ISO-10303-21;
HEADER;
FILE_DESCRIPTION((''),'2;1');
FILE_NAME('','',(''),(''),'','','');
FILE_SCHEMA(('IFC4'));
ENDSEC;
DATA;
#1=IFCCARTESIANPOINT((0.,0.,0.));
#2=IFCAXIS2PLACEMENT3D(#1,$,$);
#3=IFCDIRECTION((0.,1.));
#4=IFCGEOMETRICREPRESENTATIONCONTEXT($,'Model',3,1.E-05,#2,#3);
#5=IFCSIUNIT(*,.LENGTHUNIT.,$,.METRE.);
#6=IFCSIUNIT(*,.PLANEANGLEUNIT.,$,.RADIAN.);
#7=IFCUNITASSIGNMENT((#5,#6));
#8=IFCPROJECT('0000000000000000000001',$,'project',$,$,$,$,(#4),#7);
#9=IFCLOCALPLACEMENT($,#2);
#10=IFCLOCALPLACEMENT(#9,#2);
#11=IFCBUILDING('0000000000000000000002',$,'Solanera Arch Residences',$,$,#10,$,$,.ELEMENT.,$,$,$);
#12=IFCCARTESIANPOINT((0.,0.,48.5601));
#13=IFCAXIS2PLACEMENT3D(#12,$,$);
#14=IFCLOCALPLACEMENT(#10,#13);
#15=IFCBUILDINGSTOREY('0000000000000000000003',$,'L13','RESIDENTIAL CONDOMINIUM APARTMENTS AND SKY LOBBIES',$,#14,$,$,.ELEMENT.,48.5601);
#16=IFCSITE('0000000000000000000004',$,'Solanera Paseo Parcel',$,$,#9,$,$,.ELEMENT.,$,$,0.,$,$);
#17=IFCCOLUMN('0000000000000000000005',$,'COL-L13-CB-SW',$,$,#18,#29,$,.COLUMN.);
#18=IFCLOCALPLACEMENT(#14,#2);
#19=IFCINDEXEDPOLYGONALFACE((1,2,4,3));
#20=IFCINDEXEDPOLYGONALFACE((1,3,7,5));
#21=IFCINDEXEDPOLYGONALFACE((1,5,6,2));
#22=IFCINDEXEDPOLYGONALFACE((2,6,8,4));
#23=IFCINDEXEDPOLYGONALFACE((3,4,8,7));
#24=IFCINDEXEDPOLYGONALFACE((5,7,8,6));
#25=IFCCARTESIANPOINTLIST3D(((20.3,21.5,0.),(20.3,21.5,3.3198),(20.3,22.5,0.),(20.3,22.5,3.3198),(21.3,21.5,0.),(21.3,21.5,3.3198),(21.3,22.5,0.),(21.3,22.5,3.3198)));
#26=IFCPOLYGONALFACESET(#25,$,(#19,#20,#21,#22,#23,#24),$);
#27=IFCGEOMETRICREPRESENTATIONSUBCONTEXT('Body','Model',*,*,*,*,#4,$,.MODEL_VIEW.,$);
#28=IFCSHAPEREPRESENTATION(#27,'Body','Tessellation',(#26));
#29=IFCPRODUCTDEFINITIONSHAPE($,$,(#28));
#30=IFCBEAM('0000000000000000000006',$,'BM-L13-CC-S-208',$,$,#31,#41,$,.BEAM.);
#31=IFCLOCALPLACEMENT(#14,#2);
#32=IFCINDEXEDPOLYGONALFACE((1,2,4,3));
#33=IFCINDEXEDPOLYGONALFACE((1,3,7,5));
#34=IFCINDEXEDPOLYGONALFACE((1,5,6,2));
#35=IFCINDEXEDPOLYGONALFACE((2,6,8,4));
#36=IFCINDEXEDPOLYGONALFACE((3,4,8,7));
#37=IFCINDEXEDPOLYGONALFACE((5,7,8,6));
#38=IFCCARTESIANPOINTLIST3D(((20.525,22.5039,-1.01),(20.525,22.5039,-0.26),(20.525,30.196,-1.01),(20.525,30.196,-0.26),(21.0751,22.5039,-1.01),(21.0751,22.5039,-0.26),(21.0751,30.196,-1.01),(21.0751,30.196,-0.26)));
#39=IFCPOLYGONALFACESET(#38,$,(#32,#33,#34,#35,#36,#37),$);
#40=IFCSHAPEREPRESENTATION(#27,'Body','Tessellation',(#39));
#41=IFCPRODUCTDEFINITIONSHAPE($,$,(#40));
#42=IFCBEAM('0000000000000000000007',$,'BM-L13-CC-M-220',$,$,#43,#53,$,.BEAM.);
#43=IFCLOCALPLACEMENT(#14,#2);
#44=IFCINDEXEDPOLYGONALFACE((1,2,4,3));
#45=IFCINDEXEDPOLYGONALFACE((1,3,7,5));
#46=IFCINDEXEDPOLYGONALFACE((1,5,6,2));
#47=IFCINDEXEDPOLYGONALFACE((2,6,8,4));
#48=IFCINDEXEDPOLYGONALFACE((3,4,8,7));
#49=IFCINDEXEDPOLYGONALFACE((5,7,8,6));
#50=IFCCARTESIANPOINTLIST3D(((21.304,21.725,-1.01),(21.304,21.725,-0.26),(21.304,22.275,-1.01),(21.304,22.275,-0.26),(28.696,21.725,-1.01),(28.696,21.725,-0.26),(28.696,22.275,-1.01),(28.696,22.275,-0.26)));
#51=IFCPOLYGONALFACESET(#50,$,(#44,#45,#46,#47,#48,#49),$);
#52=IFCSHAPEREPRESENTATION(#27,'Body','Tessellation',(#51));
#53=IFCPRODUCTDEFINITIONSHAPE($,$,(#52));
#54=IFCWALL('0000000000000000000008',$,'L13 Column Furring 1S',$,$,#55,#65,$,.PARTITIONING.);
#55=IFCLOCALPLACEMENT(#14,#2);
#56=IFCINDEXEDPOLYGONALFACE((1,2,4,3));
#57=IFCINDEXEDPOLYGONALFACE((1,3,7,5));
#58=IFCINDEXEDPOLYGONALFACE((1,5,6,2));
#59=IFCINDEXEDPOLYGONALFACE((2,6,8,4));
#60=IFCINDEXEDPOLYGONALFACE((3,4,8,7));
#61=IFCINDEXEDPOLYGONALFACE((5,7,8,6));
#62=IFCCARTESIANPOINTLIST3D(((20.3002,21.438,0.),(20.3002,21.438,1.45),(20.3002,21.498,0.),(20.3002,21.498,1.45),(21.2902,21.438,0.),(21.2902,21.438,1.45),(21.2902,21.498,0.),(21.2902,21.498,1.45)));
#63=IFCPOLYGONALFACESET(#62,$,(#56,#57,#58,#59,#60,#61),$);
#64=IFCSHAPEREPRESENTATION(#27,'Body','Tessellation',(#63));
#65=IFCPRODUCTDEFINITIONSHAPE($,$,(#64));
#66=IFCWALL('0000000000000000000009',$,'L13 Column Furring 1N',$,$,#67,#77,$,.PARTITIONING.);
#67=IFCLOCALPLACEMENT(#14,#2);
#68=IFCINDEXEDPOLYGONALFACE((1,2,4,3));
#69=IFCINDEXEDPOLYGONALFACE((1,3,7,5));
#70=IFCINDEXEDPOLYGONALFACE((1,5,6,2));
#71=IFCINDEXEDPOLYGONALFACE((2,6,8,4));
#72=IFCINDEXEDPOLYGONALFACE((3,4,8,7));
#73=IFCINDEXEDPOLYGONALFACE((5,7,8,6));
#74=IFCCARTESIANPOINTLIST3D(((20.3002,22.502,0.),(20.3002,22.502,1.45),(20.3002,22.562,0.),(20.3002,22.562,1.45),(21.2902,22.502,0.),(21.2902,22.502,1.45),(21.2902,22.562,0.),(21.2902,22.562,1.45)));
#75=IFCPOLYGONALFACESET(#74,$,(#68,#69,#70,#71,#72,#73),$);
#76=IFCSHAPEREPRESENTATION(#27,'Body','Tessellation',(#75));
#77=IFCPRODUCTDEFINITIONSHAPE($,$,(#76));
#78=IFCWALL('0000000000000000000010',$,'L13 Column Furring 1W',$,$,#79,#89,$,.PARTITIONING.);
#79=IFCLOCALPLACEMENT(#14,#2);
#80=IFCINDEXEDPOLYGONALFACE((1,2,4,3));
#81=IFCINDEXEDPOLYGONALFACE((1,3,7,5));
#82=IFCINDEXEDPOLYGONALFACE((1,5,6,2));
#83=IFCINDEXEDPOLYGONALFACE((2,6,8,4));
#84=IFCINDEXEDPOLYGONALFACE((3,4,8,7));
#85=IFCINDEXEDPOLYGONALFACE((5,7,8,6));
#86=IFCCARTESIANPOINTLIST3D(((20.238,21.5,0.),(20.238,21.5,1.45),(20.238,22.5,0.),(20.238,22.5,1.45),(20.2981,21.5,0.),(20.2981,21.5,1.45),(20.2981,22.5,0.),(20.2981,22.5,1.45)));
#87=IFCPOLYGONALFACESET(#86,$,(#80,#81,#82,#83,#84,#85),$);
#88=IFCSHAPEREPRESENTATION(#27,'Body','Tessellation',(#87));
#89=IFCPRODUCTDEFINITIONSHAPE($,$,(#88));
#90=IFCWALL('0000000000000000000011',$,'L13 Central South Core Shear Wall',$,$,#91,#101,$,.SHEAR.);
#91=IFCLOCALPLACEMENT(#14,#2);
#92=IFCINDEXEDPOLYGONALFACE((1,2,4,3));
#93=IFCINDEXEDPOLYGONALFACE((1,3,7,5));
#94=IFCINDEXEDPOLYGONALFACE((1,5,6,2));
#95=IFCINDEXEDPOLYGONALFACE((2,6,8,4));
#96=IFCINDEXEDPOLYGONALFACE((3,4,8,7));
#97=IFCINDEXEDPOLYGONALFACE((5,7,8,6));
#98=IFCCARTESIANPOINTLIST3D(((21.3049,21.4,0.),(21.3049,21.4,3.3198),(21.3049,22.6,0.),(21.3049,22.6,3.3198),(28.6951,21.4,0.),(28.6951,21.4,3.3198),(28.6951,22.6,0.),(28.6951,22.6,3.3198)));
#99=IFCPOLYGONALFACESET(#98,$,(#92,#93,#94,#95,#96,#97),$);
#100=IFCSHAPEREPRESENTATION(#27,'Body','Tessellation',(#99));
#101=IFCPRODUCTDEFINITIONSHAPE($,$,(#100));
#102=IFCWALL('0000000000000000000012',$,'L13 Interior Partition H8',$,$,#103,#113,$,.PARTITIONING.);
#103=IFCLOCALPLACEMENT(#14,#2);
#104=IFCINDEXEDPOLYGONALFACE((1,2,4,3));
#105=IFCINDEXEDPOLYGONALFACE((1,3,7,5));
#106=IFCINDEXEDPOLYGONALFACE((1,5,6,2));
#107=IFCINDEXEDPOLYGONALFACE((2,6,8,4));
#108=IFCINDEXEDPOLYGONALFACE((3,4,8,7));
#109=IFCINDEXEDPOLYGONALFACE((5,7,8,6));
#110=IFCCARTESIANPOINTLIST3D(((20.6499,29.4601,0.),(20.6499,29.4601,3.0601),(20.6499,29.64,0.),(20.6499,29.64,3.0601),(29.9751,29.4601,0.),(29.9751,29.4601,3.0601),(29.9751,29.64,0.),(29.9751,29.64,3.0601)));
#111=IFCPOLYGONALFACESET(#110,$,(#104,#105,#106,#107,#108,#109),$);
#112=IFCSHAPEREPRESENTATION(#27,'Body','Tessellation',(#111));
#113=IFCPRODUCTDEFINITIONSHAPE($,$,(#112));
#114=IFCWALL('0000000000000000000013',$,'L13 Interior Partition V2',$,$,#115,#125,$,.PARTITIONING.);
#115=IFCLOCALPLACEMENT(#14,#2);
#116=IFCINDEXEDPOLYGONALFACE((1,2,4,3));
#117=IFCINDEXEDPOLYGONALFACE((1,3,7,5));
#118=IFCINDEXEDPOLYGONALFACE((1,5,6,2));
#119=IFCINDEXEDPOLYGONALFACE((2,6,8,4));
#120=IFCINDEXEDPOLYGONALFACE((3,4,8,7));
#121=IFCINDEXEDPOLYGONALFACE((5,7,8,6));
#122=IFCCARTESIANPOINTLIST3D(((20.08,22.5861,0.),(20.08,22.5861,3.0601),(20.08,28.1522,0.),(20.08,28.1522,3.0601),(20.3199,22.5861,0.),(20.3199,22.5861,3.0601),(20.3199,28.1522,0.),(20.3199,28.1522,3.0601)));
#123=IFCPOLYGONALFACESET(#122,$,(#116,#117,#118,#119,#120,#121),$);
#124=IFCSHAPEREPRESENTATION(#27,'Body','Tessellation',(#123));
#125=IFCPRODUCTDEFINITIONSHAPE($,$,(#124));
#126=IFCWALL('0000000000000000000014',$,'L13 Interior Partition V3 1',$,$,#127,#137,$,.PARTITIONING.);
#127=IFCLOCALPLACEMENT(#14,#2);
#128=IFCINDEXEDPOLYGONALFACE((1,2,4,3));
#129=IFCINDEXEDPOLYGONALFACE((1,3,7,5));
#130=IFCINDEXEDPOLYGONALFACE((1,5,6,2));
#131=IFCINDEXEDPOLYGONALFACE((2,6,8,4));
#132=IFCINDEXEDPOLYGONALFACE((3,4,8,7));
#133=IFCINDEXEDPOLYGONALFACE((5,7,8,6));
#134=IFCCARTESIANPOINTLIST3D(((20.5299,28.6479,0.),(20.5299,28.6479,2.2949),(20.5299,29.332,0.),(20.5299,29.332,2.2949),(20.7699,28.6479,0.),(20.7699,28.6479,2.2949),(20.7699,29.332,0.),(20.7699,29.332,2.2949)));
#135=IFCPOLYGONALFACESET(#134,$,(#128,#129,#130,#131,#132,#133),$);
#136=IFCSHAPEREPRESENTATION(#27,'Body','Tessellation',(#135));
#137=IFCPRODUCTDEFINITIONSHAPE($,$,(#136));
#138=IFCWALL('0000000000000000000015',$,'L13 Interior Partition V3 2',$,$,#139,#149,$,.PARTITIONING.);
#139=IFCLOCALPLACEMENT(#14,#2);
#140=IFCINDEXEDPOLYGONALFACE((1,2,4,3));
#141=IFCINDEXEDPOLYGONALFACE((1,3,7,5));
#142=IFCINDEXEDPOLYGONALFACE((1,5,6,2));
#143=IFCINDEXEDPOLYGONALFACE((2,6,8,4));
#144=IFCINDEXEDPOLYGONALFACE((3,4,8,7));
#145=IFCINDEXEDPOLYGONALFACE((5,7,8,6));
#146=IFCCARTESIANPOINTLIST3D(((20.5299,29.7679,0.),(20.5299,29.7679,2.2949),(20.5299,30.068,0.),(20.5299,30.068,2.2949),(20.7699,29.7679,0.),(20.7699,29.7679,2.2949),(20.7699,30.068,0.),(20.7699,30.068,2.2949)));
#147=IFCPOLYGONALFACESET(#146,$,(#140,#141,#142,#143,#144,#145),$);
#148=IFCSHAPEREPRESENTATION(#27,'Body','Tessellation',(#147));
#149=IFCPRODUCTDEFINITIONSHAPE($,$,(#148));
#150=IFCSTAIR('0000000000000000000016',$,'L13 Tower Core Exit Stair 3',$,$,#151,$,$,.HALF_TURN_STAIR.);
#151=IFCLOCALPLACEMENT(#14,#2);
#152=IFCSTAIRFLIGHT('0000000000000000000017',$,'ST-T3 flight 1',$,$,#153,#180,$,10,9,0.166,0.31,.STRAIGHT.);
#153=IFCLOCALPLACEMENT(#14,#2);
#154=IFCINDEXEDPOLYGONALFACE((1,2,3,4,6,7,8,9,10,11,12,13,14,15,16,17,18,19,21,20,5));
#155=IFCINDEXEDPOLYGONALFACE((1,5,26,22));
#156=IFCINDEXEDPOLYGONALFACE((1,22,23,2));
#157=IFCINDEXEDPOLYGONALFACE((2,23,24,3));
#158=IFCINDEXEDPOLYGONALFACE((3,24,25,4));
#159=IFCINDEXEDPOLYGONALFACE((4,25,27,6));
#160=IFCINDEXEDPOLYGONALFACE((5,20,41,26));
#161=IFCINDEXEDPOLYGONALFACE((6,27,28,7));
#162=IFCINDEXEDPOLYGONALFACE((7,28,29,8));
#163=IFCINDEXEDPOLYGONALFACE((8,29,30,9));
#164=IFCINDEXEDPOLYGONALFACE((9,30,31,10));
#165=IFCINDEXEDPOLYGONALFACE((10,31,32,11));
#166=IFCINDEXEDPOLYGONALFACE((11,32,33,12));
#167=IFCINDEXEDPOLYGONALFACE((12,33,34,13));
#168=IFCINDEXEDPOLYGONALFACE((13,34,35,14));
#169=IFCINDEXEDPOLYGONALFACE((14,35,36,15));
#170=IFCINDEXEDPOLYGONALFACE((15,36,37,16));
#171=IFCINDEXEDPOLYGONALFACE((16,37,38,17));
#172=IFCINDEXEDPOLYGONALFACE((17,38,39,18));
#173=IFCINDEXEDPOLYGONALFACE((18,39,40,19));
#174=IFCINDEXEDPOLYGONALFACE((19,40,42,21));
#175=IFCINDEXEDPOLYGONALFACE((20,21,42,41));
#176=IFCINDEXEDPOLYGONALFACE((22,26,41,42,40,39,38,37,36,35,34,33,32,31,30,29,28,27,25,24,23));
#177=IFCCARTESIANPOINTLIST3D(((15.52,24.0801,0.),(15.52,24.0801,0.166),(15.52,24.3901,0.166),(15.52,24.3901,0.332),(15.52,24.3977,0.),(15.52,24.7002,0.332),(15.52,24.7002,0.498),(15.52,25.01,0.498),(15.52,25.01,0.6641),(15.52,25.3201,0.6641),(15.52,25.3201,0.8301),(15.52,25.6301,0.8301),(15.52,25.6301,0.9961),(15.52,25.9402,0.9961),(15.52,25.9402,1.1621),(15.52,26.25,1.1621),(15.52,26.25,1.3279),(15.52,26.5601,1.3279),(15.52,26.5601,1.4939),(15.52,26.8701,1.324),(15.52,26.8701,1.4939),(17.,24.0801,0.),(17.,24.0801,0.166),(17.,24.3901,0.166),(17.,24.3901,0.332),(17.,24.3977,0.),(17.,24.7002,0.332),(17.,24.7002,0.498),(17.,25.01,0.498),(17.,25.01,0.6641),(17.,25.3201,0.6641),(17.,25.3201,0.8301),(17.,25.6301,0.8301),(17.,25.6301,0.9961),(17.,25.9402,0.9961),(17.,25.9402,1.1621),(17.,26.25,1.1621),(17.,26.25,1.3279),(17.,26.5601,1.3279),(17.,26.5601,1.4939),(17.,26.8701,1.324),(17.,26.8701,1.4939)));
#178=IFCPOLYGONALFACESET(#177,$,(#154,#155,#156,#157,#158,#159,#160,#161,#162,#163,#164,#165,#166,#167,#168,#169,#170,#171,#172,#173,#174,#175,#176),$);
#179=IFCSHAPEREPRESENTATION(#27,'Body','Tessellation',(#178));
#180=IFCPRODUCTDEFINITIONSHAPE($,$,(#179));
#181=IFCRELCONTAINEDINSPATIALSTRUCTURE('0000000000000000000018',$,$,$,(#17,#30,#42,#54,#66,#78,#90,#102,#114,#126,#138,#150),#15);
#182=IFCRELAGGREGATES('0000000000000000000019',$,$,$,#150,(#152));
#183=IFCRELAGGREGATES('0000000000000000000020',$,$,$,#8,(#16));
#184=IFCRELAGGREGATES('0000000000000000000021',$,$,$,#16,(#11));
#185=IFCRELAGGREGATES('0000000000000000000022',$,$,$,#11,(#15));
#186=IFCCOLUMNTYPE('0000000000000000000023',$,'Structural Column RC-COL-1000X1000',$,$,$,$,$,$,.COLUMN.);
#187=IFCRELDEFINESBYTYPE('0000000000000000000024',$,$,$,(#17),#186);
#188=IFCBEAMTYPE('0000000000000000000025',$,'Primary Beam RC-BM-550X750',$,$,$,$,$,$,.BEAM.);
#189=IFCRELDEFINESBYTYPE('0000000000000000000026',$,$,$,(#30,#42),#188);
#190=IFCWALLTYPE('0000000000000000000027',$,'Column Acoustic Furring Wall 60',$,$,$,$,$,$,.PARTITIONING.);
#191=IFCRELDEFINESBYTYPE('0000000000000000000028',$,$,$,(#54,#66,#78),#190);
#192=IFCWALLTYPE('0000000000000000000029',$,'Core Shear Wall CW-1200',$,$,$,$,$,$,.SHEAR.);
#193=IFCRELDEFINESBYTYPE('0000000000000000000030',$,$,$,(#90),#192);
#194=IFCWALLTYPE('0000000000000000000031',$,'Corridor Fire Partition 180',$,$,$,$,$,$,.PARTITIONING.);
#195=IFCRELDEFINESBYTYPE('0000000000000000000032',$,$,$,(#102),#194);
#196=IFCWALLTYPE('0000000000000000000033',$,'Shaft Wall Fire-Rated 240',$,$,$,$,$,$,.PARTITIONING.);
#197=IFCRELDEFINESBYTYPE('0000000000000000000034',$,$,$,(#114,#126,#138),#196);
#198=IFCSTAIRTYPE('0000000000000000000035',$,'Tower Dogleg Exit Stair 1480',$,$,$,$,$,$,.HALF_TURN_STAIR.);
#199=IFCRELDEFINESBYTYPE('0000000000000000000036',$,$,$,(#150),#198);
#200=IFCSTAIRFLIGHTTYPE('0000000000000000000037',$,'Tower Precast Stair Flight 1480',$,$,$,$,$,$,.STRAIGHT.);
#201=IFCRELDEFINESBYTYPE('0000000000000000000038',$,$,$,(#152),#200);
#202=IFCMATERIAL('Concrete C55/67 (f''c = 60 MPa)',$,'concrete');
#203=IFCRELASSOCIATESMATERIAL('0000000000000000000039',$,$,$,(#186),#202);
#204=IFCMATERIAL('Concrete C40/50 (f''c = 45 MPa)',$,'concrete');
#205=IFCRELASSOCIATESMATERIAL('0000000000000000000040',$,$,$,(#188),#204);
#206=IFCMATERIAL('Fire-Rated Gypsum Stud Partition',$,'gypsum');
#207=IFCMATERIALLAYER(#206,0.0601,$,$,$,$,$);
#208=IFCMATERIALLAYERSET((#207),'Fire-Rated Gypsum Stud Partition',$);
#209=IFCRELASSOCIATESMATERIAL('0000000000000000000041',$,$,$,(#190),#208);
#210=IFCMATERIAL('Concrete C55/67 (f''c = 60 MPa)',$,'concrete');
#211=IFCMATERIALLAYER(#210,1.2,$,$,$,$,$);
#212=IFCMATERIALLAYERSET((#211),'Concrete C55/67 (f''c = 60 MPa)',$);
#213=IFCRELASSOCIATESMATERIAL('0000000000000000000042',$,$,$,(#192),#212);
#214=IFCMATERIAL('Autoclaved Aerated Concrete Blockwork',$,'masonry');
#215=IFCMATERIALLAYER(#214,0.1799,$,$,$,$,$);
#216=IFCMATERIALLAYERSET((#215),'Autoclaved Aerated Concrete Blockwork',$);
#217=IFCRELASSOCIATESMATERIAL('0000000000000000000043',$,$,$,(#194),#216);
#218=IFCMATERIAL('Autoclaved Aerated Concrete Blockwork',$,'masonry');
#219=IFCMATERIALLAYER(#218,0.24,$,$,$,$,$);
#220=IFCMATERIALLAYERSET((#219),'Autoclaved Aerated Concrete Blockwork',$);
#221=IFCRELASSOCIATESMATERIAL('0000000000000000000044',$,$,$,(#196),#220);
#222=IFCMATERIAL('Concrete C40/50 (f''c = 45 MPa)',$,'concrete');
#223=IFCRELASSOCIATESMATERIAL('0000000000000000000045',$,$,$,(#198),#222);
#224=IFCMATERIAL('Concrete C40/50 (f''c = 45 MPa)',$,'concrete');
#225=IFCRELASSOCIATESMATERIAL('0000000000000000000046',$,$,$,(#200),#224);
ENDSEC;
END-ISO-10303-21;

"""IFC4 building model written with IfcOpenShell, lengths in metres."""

from ifc_helpers import new_model, si_unit, direction, frame, frame_2d, origin, origin_2d, place, context, subcontext, project, spatial, polyline, rectangle, outline, extrude, material, layer, layer_set, material_profile, profile_set, type_object, element, aggregate, save


model = new_model("IFC4")

# Units and contexts
model_context = context("Model", 3, precision=1e-05, world=origin(), true_north=direction((0.0, 1.0)))
body_context = subcontext(model_context, "Body", "Model", "MODEL_VIEW")
ifc_project = project(units=[si_unit("LENGTHUNIT", "METRE"), si_unit("PLANEANGLEUNIT", "RADIAN")], contexts=[model_context])

# Site, building, storey
site_placement = place(None, origin())
site = spatial("IfcSite", under=ifc_project, at=site_placement, Name="Solanera Paseo Parcel", CompositionType="ELEMENT", RefElevation=0.0)
building_placement = place(site_placement, origin())
building = spatial("IfcBuilding", under=site, at=building_placement, Name="Solanera Arch Residences", CompositionType="ELEMENT")
storey_placement = place(building_placement, frame((0.0, 0.0, 48.5601)))
storey = spatial("IfcBuildingStorey", under=building, at=storey_placement, Name="L13", Description="RESIDENTIAL CONDOMINIUM APARTMENTS AND SKY LOBBIES", CompositionType="ELEMENT", Elevation=48.5601)

# Column
ifc_material_1 = material(Name="Concrete C55/67 (f'c = 60 MPa)", Category="concrete")
ifc_material_profile_1 = material_profile(ifc_material_1, rectangle(XDim=1.0, YDim=1.0, at=origin_2d()))
ifc_profile_set_1 = profile_set([ifc_material_profile_1], Name="Concrete C55/67 (f'c = 60 MPa)")
column_type = type_object("IfcColumnType", Name="Structural Column RC-COL-1000X1000", PredefinedType="COLUMN", material=ifc_profile_set_1)
column_placement = place(storey_placement, frame((20.8, 22.0, 0.0), z_axis=(0.0, 0.0, 1.0), x_axis=(1.0, 0.0, 0.0)))
element("IfcColumn", 1, at=column_placement, inside=storey, type_object=column_type, Name="COL-L13-CB-SW", PredefinedType="COLUMN", context=body_context, shape_type="SweptSolid", body=[
    extrude(rectangle(XDim=1.0, YDim=1.0, at=origin_2d()), origin(), (0.0, 0.0, 1.0), 3.3198),
])

# Beams
ifc_material_2 = material(Name="Concrete C40/50 (f'c = 45 MPa)", Category="concrete")
ifc_material_profile_2 = material_profile(ifc_material_2, rectangle(XDim=0.55, YDim=0.75, at=origin_2d()))
ifc_profile_set_2 = profile_set([ifc_material_profile_2], Name="Concrete C40/50 (f'c = 45 MPa)")
beam_type = type_object("IfcBeamType", Name="Primary Beam RC-BM-550X750", PredefinedType="BEAM", material=ifc_profile_set_2)
beam_1_placement = place(storey_placement, frame((20.8, 22.5039, -0.635), z_axis=(0.0, 1.0, 0.0), x_axis=(-1.0, 0.0, 0.0)))
element("IfcBeam", 2, at=beam_1_placement, inside=storey, type_object=beam_type, Name="BM-L13-CC-S-208", PredefinedType="BEAM", context=body_context, shape_type="SweptSolid", body=[
    extrude(rectangle(XDim=0.55, YDim=0.75, at=origin_2d()), origin(), (0.0, 0.0, 1.0), 7.6921),
])
beam_2_placement = place(storey_placement, frame((21.304, 22.0, -0.635), z_axis=(1.0, 0.0, 0.0), x_axis=(0.0, 1.0, 0.0)))
element("IfcBeam", 3, at=beam_2_placement, inside=storey, type_object=beam_type, Name="BM-L13-CC-M-220", PredefinedType="BEAM", context=body_context, shape_type="SweptSolid", body=[
    extrude(rectangle(XDim=0.55, YDim=0.75, at=origin_2d()), origin(), (0.0, 0.0, 1.0), 7.3921),
])

# Walls
ifc_material_3 = material(Name="Fire-Rated Gypsum Stud Partition", Category="gypsum")
ifc_layer_1 = layer(ifc_material_3, 0.0601)
ifc_layer_set_1 = layer_set([ifc_layer_1], Name="Fire-Rated Gypsum Stud Partition")
wall_type_1 = type_object("IfcWallType", Name="Column Acoustic Furring Wall 60", PredefinedType="PARTITIONING", material=ifc_layer_set_1)
for number, where, z_axis, x_axis, name in (
    (4, (20.3, 21.468, 0.0), (0.0, 0.0, 1.0), (1.0, 0.0, 0.0), "L13 Column Furring 1S"),
    (5, (20.3, 22.532, 0.0), (0.0, 0.0, 1.0), (1.0, 0.0, 0.0), "L13 Column Furring 1N"),
):
    element("IfcWall", number, at=place(storey_placement, frame(where, z_axis=z_axis, x_axis=x_axis)), inside=storey, type_object=wall_type_1, Name=name, PredefinedType="PARTITIONING", context=body_context, shape_type="SweptSolid", body=[
        extrude(rectangle(XDim=0.99, YDim=0.0601, at=frame_2d((0.4951, 0.0))), origin(), (0.0, 0.0, 1.0), 1.45),
    ])
wall_1_placement = place(storey_placement, frame((20.2681, 21.5, 0.0), z_axis=(0.0, 0.0, 1.0), x_axis=(0.0, 1.0, 0.0)))
element("IfcWall", 6, at=wall_1_placement, inside=storey, type_object=wall_type_1, Name="L13 Column Furring 1W", PredefinedType="PARTITIONING", context=body_context, shape_type="SweptSolid", body=[
    extrude(rectangle(XDim=1.0, YDim=0.0601, at=frame_2d((0.5, 0.0))), origin(), (0.0, 0.0, 1.0), 1.45),
])
ifc_material_4 = material(Name="Concrete C55/67 (f'c = 60 MPa)", Category="concrete")
ifc_layer_2 = layer(ifc_material_4, 1.2)
ifc_layer_set_2 = layer_set([ifc_layer_2], Name="Concrete C55/67 (f'c = 60 MPa)")
wall_type_2 = type_object("IfcWallType", Name="Core Shear Wall CW-1200", PredefinedType="SHEAR", material=ifc_layer_set_2)
wall_2_placement = place(storey_placement, frame((21.3049, 22.0, 0.0), z_axis=(0.0, 0.0, 1.0), x_axis=(1.0, 0.0, 0.0)))
element("IfcWall", 7, at=wall_2_placement, inside=storey, type_object=wall_type_2, Name="L13 Central South Core Shear Wall", PredefinedType="SHEAR", context=body_context, shape_type="SweptSolid", body=[
    extrude(rectangle(XDim=7.3901, YDim=1.2, at=frame_2d((3.6951, 0.0))), origin(), (0.0, 0.0, 1.0), 3.3198),
])

# Wall
ifc_material_5 = material(Name="Autoclaved Aerated Concrete Blockwork", Category="masonry")
ifc_layer_3 = layer(ifc_material_5, 0.1799)
ifc_layer_set_3 = layer_set([ifc_layer_3], Name="Autoclaved Aerated Concrete Blockwork")
wall_type_3 = type_object("IfcWallType", Name="Corridor Fire Partition 180", PredefinedType="PARTITIONING", material=ifc_layer_set_3)
wall_3_placement = place(storey_placement, frame((20.6499, 29.55, 0.0), z_axis=(0.0, 0.0, 1.0), x_axis=(1.0, 0.0, 0.0)))
element("IfcWall", 8, at=wall_3_placement, inside=storey, type_object=wall_type_3, Name="L13 Interior Partition H8", PredefinedType="PARTITIONING", context=body_context, shape_type="SweptSolid", body=[
    extrude(rectangle(XDim=9.3252, YDim=0.1799, at=frame_2d((4.6626, 0.0))), origin(), (0.0, 0.0, 1.0), 3.0601),
])

# Shared definitions
ifc_material_6 = material(Name="Autoclaved Aerated Concrete Blockwork", Category="masonry")
ifc_layer_4 = layer(ifc_material_6, 0.24)
ifc_layer_set_4 = layer_set([ifc_layer_4], Name="Autoclaved Aerated Concrete Blockwork")
wall_type_4 = type_object("IfcWallType", Name="Shaft Wall Fire-Rated 240", PredefinedType="PARTITIONING", material=ifc_layer_set_4)

# Walls
wall_4_placement = place(storey_placement, frame((20.2, 22.5859, 0.0), z_axis=(0.0, 0.0, 1.0), x_axis=(0.0, 1.0, 0.0)))
element("IfcWall", 9, at=wall_4_placement, inside=storey, type_object=wall_type_4, Name="L13 Interior Partition V2", PredefinedType="PARTITIONING", context=body_context, shape_type="SweptSolid", body=[
    extrude(rectangle(XDim=5.5662, YDim=0.24, at=frame_2d((2.7832, 0.0))), origin(), (0.0, 0.0, 1.0), 3.0601),
])
wall_5_placement = place(storey_placement, frame((20.6499, 28.6479, 0.0), z_axis=(0.0, 0.0, 1.0), x_axis=(0.0, 1.0, 0.0)))
element("IfcWall", 10, at=wall_5_placement, inside=storey, type_object=wall_type_4, Name="L13 Interior Partition V3 1", PredefinedType="PARTITIONING", context=body_context, shape_type="SweptSolid", body=[
    extrude(rectangle(XDim=0.6841, YDim=0.24, at=frame_2d((0.342, 0.0))), origin(), (0.0, 0.0, 1.0), 2.2949),
])
wall_6_placement = place(storey_placement, frame((20.6499, 29.7681, 0.0), z_axis=(0.0, 0.0, 1.0), x_axis=(0.0, 1.0, 0.0)))
element("IfcWall", 11, at=wall_6_placement, inside=storey, type_object=wall_type_4, Name="L13 Interior Partition V3 2", PredefinedType="PARTITIONING", context=body_context, shape_type="SweptSolid", body=[
    extrude(rectangle(XDim=0.3, YDim=0.24, at=frame_2d((0.1499, 0.0))), origin(), (0.0, 0.0, 1.0), 2.2949),
])

# Stair, stair flight
ifc_material_7 = material(Name="Concrete C40/50 (f'c = 45 MPa)", Category="concrete")
stair_type = type_object("IfcStairType", Name="Tower Dogleg Exit Stair 1480", PredefinedType="HALF_TURN_STAIR", material=ifc_material_7)
stair_placement = place(storey_placement, origin())
stair = element("IfcStair", 12, at=stair_placement, inside=storey, type_object=stair_type, Name="L13 Tower Core Exit Stair 3", PredefinedType="HALF_TURN_STAIR")
ifc_material_8 = material(Name="Concrete C40/50 (f'c = 45 MPa)", Category="concrete")
stair_flight_type = type_object("IfcStairFlightType", Name="Tower Precast Stair Flight 1480", PredefinedType="STRAIGHT", material=ifc_material_8)
stair_flight_placement = place(storey_placement, frame((16.26, 24.0801, 0.0), z_axis=(0.0, 0.0, 1.0), x_axis=(0.0, 1.0, 0.0)))
stair_flight = element("IfcStairFlight", 13, at=stair_flight_placement, type_object=stair_flight_type, Name="ST-T3 flight 1", NumberOfRisers=10, NumberOfTreads=9, PredefinedType="STRAIGHT", RiserHeight=0.166, TreadLength=0.31, context=body_context, shape_type="SweptSolid", body=[
    extrude(outline(polyline([(0.0, 0.0), (0.0, 0.166), (0.3101, 0.166), (0.3101, 0.332), (0.6201, 0.332), (0.6201, 0.498), (0.9299, 0.498), (0.9299, 0.6641), (1.24, 0.6641), (1.24, 0.8301), (1.55, 0.8301), (1.55, 0.9961), (1.8601, 0.9961), (1.8601, 1.1621), (2.1699, 1.1621), (2.1699, 1.3279), (2.48, 1.3279), (2.48, 1.4939), (2.79, 1.4939), (2.79, 1.6599), (2.79, 1.324), (0.3176, 0.0), (0.0, 0.0)])), frame((0.0, 0.74, 0.0), z_axis=(0.0, -1.0, 0.0), x_axis=(1.0, 0.0, 0.0)), (0.0, 0.0, 1.0), 1.48),
])
aggregate(stair, [stair_flight])

save(model, "model.ifc")
